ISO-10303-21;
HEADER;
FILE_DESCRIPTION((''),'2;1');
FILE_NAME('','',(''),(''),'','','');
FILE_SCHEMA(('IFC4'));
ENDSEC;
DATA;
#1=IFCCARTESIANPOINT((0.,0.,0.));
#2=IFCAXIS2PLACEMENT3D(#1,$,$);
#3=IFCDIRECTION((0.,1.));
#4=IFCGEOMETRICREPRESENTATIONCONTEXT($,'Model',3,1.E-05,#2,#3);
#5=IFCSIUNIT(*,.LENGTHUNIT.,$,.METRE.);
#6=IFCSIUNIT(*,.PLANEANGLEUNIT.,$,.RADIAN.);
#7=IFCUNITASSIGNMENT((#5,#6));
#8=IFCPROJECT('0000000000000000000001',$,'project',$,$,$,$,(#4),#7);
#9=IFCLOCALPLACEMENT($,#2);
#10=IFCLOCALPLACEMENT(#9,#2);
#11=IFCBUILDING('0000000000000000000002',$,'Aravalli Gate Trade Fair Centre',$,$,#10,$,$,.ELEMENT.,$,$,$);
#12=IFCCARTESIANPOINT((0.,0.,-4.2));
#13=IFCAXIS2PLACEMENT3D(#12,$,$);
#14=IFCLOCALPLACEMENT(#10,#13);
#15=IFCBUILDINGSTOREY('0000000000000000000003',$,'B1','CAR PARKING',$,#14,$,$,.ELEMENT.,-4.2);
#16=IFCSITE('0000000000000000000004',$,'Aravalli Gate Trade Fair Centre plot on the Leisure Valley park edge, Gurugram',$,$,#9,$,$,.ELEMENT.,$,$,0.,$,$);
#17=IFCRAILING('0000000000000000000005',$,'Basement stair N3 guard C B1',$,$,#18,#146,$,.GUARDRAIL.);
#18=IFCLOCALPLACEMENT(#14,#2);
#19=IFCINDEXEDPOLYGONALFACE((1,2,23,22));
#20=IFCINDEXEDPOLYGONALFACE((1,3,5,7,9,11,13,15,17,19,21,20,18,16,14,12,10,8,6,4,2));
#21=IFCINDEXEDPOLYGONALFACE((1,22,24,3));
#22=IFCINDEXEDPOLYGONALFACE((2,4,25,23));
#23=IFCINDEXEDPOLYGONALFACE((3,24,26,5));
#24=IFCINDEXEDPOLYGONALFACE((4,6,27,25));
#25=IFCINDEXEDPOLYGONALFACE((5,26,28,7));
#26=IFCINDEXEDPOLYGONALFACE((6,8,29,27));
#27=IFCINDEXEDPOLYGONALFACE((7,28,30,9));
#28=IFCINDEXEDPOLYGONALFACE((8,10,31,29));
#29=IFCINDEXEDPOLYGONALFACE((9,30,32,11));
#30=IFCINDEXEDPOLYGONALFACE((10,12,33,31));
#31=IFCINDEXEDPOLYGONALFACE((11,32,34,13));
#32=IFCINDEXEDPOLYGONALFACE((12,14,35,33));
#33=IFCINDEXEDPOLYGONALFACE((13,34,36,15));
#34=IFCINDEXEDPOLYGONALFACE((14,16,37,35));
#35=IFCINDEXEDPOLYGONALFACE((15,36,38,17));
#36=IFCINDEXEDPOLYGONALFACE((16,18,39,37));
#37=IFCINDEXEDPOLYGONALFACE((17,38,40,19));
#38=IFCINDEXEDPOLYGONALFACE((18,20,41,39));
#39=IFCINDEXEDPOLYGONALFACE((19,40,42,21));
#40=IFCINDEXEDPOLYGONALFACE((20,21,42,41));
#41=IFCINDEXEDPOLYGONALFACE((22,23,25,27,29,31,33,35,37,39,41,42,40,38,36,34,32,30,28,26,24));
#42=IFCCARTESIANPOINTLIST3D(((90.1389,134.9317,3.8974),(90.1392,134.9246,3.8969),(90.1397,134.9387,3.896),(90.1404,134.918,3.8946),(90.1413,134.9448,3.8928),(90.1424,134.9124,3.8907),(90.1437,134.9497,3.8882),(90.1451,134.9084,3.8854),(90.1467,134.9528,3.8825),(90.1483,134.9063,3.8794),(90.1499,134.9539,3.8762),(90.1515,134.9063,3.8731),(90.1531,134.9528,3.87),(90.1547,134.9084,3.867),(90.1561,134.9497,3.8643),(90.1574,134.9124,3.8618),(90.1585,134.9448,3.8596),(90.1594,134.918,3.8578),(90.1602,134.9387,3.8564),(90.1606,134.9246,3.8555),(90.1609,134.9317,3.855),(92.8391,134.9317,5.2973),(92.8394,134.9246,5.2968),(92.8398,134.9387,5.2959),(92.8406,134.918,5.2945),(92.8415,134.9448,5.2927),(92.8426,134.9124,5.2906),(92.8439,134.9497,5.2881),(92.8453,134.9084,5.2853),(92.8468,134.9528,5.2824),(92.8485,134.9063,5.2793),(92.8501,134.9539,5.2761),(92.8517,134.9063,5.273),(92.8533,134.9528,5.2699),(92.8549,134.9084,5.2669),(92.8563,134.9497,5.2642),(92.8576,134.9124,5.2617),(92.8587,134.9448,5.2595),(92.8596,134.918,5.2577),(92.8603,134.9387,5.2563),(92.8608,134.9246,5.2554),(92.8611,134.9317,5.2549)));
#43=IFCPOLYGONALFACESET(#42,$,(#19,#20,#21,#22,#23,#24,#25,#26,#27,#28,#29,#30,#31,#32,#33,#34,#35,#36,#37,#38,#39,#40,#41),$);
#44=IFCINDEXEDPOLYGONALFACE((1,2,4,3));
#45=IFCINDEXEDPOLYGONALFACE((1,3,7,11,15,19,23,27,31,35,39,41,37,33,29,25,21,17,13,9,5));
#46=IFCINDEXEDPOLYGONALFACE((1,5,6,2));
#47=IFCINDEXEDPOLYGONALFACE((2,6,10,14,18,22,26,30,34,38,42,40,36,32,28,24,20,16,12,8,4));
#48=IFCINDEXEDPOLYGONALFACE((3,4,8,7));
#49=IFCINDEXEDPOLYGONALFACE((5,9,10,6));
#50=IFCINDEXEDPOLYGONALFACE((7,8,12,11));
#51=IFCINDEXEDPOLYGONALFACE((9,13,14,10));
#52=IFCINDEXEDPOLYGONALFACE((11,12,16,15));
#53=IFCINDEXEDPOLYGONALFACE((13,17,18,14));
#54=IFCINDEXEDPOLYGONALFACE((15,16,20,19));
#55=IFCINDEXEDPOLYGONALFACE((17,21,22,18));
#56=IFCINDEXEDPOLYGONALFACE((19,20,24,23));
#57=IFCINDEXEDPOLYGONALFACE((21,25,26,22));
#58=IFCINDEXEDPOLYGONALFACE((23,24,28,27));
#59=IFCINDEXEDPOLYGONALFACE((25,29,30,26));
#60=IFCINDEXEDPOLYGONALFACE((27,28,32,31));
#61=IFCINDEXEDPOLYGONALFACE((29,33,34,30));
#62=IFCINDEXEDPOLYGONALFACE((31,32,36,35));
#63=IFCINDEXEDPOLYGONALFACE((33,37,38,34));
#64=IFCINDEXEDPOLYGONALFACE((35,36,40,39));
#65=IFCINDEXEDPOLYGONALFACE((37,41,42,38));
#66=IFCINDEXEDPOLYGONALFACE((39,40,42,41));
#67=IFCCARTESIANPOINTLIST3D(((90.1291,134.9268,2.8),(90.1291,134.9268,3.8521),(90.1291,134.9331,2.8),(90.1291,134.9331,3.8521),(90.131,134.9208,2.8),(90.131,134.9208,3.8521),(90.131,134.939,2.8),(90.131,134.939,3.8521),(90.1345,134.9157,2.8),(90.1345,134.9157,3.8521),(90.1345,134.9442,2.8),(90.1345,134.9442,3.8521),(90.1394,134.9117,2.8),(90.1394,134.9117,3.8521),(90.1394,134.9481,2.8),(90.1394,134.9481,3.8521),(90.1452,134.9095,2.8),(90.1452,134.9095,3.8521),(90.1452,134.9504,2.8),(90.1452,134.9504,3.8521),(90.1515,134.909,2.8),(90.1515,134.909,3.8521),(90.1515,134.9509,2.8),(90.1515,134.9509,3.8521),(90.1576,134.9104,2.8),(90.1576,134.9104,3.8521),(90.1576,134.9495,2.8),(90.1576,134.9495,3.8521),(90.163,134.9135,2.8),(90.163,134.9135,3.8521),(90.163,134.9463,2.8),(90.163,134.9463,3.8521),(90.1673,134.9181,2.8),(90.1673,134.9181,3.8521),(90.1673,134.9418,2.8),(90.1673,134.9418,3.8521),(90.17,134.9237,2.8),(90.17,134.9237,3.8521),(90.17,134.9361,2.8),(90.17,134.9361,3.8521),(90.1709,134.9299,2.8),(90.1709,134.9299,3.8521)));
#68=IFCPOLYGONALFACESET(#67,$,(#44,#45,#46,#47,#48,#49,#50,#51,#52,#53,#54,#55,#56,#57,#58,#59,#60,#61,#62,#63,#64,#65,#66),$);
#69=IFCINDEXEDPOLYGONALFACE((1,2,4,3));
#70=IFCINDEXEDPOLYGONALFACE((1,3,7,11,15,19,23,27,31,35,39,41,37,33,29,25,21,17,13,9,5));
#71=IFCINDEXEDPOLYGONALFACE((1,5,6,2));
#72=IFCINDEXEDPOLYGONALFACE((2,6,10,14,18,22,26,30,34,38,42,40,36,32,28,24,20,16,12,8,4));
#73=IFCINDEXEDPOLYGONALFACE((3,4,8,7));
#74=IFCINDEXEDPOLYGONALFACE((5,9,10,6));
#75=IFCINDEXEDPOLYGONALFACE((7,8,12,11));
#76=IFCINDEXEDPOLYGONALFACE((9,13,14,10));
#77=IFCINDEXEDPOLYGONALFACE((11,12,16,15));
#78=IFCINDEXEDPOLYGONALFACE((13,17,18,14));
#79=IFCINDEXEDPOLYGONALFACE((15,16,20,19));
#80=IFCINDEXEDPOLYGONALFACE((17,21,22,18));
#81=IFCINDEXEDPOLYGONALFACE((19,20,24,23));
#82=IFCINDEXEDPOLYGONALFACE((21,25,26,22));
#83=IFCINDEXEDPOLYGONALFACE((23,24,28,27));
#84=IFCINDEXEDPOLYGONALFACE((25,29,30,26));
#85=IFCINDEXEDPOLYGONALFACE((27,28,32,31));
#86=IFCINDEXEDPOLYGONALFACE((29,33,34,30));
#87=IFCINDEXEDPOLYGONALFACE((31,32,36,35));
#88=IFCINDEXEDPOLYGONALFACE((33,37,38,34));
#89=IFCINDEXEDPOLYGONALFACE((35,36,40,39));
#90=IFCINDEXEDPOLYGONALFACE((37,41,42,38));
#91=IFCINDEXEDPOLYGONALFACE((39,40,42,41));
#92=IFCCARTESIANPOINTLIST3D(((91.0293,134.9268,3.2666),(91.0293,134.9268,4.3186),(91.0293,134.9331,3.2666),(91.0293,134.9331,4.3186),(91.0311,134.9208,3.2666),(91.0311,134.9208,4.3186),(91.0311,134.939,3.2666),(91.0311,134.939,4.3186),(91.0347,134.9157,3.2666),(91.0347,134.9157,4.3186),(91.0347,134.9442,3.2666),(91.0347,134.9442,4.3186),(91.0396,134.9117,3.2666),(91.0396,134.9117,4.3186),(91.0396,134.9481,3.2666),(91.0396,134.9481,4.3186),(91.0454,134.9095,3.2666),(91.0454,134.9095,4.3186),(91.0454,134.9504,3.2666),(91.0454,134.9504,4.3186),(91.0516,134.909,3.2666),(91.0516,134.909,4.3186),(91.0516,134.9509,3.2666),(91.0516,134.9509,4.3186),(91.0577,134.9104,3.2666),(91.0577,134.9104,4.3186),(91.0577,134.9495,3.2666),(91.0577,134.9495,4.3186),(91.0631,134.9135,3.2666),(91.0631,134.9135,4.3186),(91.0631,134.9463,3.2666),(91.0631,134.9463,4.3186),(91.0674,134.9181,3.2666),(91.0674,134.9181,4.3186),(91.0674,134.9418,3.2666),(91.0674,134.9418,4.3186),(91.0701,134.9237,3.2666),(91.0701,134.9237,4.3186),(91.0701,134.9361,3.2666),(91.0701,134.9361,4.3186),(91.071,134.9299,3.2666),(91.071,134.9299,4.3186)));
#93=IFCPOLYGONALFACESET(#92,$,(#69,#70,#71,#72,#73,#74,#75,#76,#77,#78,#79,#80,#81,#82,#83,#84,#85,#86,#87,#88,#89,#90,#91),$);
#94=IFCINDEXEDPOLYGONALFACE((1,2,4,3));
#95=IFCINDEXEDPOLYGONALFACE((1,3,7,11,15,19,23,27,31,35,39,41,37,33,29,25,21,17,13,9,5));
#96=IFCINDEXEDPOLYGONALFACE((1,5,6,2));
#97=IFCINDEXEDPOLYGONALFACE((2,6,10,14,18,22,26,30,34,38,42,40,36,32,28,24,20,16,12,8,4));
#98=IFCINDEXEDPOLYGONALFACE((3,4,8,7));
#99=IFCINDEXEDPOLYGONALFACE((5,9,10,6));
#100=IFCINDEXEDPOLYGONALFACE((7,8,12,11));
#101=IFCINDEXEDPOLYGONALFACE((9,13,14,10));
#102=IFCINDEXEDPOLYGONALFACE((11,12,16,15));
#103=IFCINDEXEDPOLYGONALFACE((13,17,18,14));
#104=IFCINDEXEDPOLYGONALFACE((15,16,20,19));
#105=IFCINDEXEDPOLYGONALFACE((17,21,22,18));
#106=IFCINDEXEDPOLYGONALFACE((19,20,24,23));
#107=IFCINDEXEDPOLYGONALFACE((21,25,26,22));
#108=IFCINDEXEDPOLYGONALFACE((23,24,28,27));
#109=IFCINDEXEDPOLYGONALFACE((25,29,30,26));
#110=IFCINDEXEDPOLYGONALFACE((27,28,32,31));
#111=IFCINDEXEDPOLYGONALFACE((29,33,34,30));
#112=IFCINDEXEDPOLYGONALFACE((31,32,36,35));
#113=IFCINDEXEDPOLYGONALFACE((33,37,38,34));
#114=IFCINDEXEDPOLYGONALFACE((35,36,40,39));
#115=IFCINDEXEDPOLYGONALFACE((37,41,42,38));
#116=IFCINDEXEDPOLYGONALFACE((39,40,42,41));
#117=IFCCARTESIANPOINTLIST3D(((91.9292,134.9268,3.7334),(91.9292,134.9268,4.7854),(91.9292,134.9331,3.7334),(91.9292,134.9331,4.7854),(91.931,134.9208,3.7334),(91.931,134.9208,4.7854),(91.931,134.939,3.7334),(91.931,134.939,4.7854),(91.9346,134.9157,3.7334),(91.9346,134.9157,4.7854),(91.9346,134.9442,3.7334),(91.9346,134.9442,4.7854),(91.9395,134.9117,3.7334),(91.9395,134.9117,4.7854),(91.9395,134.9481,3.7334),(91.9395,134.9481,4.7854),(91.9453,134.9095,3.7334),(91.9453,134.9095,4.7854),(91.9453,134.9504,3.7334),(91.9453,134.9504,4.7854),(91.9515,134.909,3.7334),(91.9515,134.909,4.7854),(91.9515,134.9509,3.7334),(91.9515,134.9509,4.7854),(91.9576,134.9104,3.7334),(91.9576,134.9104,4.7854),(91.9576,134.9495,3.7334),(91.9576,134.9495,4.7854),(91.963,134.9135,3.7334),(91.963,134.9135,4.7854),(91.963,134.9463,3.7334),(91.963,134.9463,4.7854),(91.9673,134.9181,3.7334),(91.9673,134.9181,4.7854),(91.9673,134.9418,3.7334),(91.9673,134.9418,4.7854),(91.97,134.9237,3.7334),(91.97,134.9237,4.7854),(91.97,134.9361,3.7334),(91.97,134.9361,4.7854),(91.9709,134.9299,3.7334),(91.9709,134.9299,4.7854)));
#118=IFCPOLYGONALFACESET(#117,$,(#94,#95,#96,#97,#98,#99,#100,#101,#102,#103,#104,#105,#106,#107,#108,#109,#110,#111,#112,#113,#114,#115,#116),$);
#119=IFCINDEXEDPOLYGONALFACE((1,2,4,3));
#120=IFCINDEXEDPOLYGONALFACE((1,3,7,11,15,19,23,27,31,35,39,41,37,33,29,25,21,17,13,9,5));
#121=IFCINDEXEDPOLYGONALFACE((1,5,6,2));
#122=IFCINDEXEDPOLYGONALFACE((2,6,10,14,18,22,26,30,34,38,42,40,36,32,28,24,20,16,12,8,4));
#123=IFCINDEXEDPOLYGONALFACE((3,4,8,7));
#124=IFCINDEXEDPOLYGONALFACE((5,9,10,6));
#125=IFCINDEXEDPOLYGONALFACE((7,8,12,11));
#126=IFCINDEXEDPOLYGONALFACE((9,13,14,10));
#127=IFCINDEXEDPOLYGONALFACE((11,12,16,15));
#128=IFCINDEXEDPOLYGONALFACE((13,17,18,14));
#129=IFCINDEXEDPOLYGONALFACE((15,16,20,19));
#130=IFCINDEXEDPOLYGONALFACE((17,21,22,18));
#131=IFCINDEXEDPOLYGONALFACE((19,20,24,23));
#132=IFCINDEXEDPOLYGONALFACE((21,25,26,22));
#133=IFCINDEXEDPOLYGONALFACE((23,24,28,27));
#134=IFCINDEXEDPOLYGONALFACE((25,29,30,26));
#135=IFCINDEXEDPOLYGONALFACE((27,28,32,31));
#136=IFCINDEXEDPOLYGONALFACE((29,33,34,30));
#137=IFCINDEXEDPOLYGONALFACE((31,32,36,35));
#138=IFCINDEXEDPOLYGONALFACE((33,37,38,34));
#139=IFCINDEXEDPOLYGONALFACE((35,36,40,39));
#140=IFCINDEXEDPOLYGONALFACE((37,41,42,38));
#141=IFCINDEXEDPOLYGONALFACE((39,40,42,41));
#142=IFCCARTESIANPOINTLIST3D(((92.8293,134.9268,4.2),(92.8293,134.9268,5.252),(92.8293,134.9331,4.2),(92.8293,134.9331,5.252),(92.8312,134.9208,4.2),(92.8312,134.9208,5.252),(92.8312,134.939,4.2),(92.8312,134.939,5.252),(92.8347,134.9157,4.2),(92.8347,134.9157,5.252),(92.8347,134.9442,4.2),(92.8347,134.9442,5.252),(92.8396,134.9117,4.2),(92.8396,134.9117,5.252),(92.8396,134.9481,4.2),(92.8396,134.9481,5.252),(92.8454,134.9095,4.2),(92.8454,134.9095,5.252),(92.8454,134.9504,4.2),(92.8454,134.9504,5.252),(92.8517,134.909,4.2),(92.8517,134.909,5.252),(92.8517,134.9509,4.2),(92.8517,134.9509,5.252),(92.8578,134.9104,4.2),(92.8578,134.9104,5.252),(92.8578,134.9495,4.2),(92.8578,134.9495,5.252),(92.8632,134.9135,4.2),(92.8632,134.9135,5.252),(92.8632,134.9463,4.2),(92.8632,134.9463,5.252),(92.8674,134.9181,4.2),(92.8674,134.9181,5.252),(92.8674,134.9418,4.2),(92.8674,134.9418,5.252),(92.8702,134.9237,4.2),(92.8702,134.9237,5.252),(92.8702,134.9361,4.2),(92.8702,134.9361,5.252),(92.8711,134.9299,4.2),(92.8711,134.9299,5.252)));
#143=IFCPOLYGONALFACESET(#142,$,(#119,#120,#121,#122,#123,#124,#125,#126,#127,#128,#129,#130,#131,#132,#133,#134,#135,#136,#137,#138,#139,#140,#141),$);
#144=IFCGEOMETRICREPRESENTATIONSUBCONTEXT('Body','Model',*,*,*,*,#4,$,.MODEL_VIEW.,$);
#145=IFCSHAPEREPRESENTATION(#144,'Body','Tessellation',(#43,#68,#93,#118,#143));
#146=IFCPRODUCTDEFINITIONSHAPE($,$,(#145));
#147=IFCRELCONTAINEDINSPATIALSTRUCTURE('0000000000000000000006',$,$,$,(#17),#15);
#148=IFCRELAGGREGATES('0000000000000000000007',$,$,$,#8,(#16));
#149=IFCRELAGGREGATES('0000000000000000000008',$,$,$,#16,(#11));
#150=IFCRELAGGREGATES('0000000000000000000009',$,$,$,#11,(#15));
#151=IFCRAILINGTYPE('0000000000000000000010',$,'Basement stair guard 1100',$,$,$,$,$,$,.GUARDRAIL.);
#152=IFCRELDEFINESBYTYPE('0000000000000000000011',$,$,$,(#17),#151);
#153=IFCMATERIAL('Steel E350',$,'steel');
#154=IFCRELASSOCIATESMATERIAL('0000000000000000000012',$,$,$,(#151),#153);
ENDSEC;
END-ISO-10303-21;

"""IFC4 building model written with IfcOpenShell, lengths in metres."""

from ifc_helpers import new_model, si_unit, direction, frame, origin, origin_2d, place, context, subcontext, project, spatial, circle, extrude, material, type_object, element, save


model = new_model("IFC4")

# Units and contexts
model_context = context("Model", 3, precision=1e-05, world=origin(), true_north=direction((0.0, 1.0)))
body_context = subcontext(model_context, "Body", "Model", "MODEL_VIEW")
ifc_project = project(units=[si_unit("LENGTHUNIT", "METRE"), si_unit("PLANEANGLEUNIT", "RADIAN")], contexts=[model_context])

# Site, building, storey
site_placement = place(None, origin())
site = spatial("IfcSite", under=ifc_project, at=site_placement, Name="Aravalli Gate Trade Fair Centre plot on the Leisure Valley park edge, Gurugram", CompositionType="ELEMENT", RefElevation=0.0)
building_placement = place(site_placement, origin())
building = spatial("IfcBuilding", under=site, at=building_placement, Name="Aravalli Gate Trade Fair Centre", CompositionType="ELEMENT")
storey_placement = place(building_placement, frame((0.0, 0.0, -4.2)))
storey = spatial("IfcBuildingStorey", under=building, at=storey_placement, Name="B1", Description="CAR PARKING", CompositionType="ELEMENT", Elevation=-4.2)

# Railing
ifc_material_1 = material(Name="Steel E350", Category="steel")
railing_type = type_object("IfcRailingType", Name="Basement stair guard 1100", PredefinedType="GUARDRAIL", material=ifc_material_1)
for number, where, name in (
    (1, (90.1499, 134.9299, 2.8), "Basement stair N3 guard C B1"),
):
    element("IfcRailing", number, at=place(storey_placement, frame(where)), inside=storey, type_object=railing_type, Name=name, PredefinedType="GUARDRAIL", context=body_context, shape_type="SweptSolid", body=[
        extrude(circle(Radius=0.0239, at=origin_2d()), frame((0.0, 0.0, 1.0762), z_axis=(0.887781, 0.0, 0.460266), x_axis=(0.0, 1.0, 0.0)), (0.0, 0.0, 1.0), 3.0415),
        extrude(circle(Radius=0.021, at=origin_2d()), origin(), (0.0, 0.0, 1.0), 1.052),
        extrude(circle(Radius=0.021, at=origin_2d()), frame((0.9001, 0.0, 0.4666)), (0.0, 0.0, 1.0), 1.052),
        extrude(circle(Radius=0.021, at=origin_2d()), frame((1.8, 0.0, 0.9333)), (0.0, 0.0, 1.0), 1.052),
        extrude(circle(Radius=0.021, at=origin_2d()), frame((2.7002, 0.0, 1.3999)), (0.0, 0.0, 1.0), 1.052),
    ])

save(model, "model.ifc")
